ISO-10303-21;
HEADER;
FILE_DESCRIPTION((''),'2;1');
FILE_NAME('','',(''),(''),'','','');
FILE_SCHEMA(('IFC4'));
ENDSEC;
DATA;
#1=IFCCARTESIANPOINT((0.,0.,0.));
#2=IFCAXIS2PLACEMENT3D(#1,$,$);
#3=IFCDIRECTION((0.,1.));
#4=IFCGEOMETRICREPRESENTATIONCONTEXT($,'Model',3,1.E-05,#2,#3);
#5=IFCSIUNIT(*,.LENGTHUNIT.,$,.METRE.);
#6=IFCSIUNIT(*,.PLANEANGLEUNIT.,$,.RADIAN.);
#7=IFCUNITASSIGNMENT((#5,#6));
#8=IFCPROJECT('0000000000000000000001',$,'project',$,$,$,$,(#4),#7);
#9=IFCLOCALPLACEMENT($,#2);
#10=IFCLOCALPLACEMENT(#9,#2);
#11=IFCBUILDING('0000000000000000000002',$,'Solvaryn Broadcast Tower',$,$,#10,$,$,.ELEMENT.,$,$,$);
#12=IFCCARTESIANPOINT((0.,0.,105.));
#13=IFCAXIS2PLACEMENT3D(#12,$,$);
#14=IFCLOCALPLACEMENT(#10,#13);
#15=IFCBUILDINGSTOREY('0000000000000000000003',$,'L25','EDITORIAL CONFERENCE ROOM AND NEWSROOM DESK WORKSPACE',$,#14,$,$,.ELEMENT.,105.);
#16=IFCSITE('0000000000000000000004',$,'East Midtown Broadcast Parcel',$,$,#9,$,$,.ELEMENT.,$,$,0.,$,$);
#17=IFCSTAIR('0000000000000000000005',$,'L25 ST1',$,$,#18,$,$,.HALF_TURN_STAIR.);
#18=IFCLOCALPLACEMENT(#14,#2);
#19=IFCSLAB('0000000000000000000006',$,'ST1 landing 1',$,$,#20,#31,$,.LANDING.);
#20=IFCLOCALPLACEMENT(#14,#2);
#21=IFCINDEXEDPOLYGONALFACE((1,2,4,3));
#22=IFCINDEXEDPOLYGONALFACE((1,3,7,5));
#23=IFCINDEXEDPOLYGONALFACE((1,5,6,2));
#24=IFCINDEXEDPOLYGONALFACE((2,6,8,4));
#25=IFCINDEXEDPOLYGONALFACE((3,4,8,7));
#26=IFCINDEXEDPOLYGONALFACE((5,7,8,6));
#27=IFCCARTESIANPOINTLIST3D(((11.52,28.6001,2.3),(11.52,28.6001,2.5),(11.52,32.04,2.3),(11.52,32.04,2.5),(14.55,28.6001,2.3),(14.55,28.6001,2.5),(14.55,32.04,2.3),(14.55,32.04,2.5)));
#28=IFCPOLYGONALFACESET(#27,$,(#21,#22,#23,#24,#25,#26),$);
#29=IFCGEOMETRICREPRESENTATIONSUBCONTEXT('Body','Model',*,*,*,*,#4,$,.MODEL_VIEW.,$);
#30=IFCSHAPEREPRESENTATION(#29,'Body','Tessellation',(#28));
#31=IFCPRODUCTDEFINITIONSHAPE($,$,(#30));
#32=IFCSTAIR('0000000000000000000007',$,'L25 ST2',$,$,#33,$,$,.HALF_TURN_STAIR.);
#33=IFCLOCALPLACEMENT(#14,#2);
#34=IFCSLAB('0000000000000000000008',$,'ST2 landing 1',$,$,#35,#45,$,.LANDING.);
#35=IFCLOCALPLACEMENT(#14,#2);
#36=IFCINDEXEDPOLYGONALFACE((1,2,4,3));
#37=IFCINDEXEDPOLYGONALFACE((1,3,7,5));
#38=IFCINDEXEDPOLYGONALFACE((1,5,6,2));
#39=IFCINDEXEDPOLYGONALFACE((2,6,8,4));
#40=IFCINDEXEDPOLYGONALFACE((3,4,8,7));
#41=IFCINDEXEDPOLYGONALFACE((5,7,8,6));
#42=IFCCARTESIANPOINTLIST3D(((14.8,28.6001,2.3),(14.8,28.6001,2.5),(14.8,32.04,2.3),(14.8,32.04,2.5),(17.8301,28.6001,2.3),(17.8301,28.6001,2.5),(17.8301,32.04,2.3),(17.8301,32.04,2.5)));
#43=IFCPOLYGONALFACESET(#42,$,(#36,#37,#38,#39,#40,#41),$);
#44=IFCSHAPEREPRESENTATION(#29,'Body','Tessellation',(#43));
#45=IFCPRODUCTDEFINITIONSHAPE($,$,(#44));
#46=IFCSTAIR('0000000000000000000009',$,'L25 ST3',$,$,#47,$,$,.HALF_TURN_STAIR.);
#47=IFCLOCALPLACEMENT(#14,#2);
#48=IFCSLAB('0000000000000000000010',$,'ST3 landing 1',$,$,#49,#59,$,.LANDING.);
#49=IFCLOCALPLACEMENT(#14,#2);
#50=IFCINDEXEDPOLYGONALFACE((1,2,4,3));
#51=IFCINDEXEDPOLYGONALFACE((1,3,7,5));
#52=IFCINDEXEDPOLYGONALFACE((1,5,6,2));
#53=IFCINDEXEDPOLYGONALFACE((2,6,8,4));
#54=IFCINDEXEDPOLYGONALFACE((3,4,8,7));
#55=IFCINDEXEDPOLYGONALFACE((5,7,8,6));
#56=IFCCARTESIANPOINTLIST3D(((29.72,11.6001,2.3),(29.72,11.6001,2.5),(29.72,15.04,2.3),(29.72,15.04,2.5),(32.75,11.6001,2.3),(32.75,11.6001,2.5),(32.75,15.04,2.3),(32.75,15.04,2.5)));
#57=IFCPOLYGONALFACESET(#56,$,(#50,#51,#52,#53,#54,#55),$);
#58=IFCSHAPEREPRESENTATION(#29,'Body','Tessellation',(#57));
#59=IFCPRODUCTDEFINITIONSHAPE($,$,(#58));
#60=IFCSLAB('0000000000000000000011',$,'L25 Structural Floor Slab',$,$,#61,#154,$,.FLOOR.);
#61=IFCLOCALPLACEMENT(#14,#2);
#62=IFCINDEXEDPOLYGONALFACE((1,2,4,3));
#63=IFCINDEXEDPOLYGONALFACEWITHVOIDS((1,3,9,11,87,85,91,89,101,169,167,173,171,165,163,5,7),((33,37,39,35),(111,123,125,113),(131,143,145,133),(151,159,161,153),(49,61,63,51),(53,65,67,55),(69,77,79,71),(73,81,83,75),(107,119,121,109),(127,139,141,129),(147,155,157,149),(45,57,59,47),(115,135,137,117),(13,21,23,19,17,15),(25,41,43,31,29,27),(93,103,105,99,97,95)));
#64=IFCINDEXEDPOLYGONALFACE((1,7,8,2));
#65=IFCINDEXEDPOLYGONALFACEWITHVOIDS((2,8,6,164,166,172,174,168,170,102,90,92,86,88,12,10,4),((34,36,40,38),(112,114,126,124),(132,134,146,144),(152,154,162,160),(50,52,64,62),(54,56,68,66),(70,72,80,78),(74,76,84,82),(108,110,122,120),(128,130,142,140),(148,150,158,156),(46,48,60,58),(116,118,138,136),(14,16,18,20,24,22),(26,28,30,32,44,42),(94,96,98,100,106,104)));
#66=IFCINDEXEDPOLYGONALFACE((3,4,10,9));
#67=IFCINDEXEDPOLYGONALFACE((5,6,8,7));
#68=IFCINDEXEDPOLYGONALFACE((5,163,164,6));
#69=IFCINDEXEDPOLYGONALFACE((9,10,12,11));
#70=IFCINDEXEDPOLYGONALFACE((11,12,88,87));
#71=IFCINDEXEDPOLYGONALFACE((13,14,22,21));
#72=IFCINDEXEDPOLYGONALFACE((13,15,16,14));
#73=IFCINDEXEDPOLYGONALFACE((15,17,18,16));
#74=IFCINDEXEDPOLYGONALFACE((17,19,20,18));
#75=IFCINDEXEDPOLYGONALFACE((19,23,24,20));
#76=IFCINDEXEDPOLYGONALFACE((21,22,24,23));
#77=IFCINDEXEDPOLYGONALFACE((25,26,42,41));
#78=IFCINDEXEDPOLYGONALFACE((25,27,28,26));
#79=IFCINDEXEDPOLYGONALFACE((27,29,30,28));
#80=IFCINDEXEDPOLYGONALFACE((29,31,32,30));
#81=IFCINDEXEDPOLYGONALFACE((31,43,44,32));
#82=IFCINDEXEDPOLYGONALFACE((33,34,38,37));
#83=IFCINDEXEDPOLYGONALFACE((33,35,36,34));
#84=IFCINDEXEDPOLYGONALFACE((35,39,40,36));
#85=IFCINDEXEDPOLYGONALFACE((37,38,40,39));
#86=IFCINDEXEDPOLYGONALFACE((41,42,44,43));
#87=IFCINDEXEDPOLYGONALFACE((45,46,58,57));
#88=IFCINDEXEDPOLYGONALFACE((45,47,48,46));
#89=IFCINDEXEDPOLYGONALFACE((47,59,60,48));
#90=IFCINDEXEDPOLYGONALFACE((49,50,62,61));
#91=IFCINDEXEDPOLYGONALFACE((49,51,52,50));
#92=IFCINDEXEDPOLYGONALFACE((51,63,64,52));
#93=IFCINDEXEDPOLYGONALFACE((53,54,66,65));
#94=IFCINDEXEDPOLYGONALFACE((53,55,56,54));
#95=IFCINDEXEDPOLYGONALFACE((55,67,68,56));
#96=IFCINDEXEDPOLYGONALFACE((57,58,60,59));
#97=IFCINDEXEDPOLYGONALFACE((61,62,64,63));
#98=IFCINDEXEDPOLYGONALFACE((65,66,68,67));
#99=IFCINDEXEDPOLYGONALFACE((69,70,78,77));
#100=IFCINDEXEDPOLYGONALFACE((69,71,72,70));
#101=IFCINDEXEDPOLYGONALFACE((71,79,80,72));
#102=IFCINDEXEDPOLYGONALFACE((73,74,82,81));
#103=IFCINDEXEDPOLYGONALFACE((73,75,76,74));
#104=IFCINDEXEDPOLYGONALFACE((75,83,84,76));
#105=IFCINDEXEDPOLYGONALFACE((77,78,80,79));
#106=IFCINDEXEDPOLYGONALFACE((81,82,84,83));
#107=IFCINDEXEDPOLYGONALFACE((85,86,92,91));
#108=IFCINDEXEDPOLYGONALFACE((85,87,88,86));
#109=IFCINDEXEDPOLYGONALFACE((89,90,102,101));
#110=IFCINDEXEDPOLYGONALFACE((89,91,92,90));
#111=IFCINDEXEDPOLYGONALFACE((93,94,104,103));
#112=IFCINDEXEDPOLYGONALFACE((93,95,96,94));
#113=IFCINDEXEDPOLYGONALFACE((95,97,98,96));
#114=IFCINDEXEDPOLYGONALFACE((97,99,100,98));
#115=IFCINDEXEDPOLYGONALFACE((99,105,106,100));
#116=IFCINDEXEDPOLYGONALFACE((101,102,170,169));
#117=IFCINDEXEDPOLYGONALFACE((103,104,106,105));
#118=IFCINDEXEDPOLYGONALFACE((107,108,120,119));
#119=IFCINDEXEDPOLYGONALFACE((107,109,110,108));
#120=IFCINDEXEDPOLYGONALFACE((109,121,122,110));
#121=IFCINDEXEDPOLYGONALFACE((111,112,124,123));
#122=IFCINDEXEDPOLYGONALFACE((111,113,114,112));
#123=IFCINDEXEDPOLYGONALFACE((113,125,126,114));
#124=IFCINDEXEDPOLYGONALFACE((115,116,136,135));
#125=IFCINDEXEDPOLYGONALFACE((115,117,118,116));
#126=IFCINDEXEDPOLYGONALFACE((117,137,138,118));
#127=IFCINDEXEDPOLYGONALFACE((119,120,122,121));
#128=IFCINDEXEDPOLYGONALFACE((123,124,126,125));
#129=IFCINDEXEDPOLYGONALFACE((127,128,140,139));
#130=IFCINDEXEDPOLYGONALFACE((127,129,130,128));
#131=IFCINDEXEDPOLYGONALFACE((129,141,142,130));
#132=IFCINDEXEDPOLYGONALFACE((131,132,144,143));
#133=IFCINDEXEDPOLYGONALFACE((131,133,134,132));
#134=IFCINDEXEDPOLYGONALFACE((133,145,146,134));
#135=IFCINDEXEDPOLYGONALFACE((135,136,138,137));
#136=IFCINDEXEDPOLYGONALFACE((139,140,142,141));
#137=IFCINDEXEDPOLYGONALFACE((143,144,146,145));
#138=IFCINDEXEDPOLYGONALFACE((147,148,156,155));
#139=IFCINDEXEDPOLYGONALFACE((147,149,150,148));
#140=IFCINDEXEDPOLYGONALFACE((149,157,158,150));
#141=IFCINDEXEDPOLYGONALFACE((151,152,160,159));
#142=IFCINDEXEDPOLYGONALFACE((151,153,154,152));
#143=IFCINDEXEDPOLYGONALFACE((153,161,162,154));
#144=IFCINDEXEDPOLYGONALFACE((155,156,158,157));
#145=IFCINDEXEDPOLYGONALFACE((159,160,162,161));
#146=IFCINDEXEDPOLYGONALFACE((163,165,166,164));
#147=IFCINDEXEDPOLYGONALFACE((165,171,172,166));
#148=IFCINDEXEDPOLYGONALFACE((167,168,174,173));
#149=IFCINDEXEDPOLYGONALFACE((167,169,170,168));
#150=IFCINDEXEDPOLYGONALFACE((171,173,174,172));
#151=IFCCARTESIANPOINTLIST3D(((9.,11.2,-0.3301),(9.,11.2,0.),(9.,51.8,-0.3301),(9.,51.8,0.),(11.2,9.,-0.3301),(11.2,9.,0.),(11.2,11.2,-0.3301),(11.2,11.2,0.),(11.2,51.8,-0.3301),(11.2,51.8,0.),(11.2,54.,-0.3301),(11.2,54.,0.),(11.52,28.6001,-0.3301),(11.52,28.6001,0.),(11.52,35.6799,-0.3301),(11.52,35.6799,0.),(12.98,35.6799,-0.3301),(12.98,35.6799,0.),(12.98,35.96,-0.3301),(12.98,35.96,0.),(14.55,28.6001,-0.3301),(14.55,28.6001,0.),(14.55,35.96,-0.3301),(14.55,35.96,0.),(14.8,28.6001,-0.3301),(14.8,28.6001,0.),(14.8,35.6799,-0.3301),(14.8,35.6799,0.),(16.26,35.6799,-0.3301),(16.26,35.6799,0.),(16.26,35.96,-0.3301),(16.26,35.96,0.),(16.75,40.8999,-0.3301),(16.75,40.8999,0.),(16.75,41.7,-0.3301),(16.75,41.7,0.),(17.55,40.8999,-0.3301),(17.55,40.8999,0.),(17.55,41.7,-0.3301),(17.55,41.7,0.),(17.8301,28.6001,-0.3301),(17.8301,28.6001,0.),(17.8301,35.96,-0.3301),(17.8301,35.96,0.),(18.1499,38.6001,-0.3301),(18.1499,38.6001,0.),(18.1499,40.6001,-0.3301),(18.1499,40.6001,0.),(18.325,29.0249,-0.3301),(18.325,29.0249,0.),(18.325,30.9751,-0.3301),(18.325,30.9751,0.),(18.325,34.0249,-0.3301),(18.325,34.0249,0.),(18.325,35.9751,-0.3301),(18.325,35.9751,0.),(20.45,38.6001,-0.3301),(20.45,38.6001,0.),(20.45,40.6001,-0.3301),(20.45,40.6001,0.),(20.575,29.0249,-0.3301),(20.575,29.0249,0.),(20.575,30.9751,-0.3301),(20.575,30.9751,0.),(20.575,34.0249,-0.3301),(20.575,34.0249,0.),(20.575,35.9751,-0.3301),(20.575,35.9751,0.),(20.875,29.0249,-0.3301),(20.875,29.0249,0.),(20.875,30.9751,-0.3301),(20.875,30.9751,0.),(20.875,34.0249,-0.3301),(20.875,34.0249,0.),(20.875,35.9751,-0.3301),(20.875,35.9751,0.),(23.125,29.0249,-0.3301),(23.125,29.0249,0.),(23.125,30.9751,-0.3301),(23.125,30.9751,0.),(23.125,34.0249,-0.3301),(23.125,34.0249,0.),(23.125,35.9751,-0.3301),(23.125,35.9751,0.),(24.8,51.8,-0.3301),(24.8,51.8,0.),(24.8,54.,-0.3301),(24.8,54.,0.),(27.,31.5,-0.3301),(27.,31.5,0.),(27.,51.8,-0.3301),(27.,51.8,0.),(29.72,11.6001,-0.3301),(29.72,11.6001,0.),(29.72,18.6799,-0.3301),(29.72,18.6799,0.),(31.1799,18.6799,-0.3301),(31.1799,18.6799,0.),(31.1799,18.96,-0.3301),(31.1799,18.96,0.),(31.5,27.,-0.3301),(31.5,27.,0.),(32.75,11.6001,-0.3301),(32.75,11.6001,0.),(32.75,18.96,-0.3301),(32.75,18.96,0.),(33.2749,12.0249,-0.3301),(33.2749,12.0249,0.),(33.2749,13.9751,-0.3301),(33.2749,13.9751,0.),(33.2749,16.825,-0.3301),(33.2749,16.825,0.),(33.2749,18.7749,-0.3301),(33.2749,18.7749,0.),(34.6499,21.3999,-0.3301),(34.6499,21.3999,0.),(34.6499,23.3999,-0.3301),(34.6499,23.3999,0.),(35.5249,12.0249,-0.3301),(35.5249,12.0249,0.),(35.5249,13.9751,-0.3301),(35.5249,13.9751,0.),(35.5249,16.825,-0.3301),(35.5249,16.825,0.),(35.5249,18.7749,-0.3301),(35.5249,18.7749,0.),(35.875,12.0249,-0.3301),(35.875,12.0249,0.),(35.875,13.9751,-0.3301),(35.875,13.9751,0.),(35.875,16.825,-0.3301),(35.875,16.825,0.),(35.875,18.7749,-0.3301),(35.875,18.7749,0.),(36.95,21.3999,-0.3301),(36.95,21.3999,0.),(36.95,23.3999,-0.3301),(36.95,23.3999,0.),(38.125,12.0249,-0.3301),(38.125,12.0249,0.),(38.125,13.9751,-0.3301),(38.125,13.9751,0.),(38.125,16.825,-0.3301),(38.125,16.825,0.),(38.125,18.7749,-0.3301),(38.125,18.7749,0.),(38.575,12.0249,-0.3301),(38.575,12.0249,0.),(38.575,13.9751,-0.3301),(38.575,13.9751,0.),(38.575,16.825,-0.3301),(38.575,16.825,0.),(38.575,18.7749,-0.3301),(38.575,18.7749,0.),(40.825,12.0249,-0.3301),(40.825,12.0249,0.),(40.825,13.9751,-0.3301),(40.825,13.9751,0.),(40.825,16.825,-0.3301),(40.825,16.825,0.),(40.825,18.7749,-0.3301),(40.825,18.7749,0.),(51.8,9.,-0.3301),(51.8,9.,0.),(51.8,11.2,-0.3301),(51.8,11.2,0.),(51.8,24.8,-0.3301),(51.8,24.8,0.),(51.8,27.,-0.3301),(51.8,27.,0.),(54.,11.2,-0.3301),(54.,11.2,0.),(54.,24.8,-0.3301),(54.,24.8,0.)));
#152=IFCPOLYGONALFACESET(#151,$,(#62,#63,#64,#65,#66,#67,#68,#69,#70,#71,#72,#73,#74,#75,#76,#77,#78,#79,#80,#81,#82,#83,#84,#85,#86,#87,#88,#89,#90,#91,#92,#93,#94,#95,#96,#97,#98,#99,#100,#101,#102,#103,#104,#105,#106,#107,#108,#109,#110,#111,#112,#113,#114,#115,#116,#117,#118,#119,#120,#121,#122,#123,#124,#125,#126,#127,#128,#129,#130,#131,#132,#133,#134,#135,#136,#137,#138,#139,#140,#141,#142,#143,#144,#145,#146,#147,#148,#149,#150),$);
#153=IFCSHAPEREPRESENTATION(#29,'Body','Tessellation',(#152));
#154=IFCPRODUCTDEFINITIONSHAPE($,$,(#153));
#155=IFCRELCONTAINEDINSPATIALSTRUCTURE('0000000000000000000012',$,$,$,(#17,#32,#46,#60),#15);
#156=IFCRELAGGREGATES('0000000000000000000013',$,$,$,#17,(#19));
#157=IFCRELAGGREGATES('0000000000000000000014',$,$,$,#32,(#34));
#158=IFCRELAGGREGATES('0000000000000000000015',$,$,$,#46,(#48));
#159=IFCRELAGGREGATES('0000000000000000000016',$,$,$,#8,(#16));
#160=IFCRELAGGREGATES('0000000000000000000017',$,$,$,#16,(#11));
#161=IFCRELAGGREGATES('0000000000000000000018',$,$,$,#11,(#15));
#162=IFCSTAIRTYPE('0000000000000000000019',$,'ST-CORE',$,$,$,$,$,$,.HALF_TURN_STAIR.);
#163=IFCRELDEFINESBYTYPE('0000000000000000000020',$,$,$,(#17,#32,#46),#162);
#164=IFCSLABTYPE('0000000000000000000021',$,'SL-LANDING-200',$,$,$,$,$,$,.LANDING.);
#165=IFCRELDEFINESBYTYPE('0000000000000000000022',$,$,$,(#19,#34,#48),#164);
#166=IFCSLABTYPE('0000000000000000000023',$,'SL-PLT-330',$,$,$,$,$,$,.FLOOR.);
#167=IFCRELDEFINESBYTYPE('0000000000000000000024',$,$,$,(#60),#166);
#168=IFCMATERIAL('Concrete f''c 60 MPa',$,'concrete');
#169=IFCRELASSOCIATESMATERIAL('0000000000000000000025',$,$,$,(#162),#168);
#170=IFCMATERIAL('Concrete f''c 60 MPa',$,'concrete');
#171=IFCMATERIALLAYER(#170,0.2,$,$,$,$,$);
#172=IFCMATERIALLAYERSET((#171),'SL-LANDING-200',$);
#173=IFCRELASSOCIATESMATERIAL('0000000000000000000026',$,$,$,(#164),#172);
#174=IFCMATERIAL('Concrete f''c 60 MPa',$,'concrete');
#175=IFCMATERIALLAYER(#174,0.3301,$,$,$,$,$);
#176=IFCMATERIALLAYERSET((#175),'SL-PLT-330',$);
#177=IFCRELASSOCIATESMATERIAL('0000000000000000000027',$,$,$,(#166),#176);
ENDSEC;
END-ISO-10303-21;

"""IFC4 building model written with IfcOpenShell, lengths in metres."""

from ifc_helpers import new_model, si_unit, direction, frame, origin, place, context, subcontext, project, spatial, polyline, outline, extrude, material, layer, layer_set, type_object, element, aggregate, save


model = new_model("IFC4")

# Units and contexts
model_context = context("Model", 3, precision=1e-05, world=origin(), true_north=direction((0.0, 1.0)))
body_context = subcontext(model_context, "Body", "Model", "MODEL_VIEW")
ifc_project = project(units=[si_unit("LENGTHUNIT", "METRE"), si_unit("PLANEANGLEUNIT", "RADIAN")], contexts=[model_context])

# Site, building, storey
site_placement = place(None, origin())
site = spatial("IfcSite", under=ifc_project, at=site_placement, Name="East Midtown Broadcast Parcel", CompositionType="ELEMENT", RefElevation=0.0)
building_placement = place(site_placement, origin())
building = spatial("IfcBuilding", under=site, at=building_placement, Name="Solvaryn Broadcast Tower", CompositionType="ELEMENT")
storey_placement = place(building_placement, frame((0.0, 0.0, 105.0)))
storey = spatial("IfcBuildingStorey", under=building, at=storey_placement, Name="L25", Description="EDITORIAL CONFERENCE ROOM AND NEWSROOM DESK WORKSPACE", CompositionType="ELEMENT", Elevation=105.0)

# Stairs, slabs
ifc_material_1 = material(Name="Concrete f'c 60 MPa", Category="concrete")
stair_type = type_object("IfcStairType", Name="ST-CORE", PredefinedType="HALF_TURN_STAIR", material=ifc_material_1)
stair_1_placement = place(storey_placement, origin())
stair_1 = element("IfcStair", 1, at=stair_1_placement, inside=storey, type_object=stair_type, Name="L25 ST1", PredefinedType="HALF_TURN_STAIR")
ifc_material_2 = material(Name="Concrete f'c 60 MPa", Category="concrete")
ifc_layer_1 = layer(ifc_material_2, 0.2)
ifc_layer_set_1 = layer_set([ifc_layer_1], Name="SL-LANDING-200")
slab_type_1 = type_object("IfcSlabType", Name="SL-LANDING-200", PredefinedType="LANDING", material=ifc_layer_set_1)
slab_1_placement = place(storey_placement, frame((0.0, 0.0, 2.3)))
slab_1 = element("IfcSlab", 2, at=slab_1_placement, type_object=slab_type_1, Name="ST1 landing 1", PredefinedType="LANDING", context=body_context, shape_type="SweptSolid", body=[
    extrude(outline(polyline([(11.52, 32.04), (11.52, 28.6001), (14.55, 28.6001), (14.55, 32.04), (11.52, 32.04)])), origin(), (0.0, 0.0, 1.0), 0.2),
])
aggregate(stair_1, [slab_1])
stair_2_placement = place(storey_placement, origin())
stair_2 = element("IfcStair", 3, at=stair_2_placement, inside=storey, type_object=stair_type, Name="L25 ST2", PredefinedType="HALF_TURN_STAIR")
slab_2_placement = place(storey_placement, frame((0.0, 0.0, 2.3)))
slab_2 = element("IfcSlab", 4, at=slab_2_placement, type_object=slab_type_1, Name="ST2 landing 1", PredefinedType="LANDING", context=body_context, shape_type="SweptSolid", body=[
    extrude(outline(polyline([(14.8, 32.04), (14.8, 28.6001), (17.8301, 28.6001), (17.8301, 32.04), (14.8, 32.04)])), origin(), (0.0, 0.0, 1.0), 0.2),
])
aggregate(stair_2, [slab_2])
stair_3_placement = place(storey_placement, origin())
stair_3 = element("IfcStair", 5, at=stair_3_placement, inside=storey, type_object=stair_type, Name="L25 ST3", PredefinedType="HALF_TURN_STAIR")
slab_3_placement = place(storey_placement, frame((0.0, 0.0, 2.3)))
slab_3 = element("IfcSlab", 6, at=slab_3_placement, type_object=slab_type_1, Name="ST3 landing 1", PredefinedType="LANDING", context=body_context, shape_type="SweptSolid", body=[
    extrude(outline(polyline([(29.72, 15.04), (29.72, 11.6001), (32.75, 11.6001), (32.75, 15.04), (29.72, 15.04)])), origin(), (0.0, 0.0, 1.0), 0.2),
])
aggregate(stair_3, [slab_3])

# Slab
ifc_material_3 = material(Name="Concrete f'c 60 MPa", Category="concrete")
ifc_layer_2 = layer(ifc_material_3, 0.3301)
ifc_layer_set_2 = layer_set([ifc_layer_2], Name="SL-PLT-330")
slab_type_2 = type_object("IfcSlabType", Name="SL-PLT-330", PredefinedType="FLOOR", material=ifc_layer_set_2)
slab_4_placement = place(storey_placement, frame((0.0, 0.0, -0.3301)))
element("IfcSlab", 7, at=slab_4_placement, inside=storey, type_object=slab_type_2, Name="L25 Structural Floor Slab", PredefinedType="FLOOR", context=body_context, shape_type="SweptSolid", body=[
    extrude(outline(polyline([(11.2, 9.0), (51.8, 9.0), (51.8, 11.2), (54.0, 11.2), (54.0, 24.8), (51.8, 24.8), (51.8, 27.0), (31.5, 27.0), (27.0, 31.5), (27.0, 51.8), (24.8, 51.8), (24.8, 54.0), (11.2, 54.0), (11.2, 51.8), (9.0, 51.8), (9.0, 11.2), (11.2, 11.2), (11.2, 9.0)]), holes=[polyline([(11.52, 28.6001), (14.55, 28.6001), (14.55, 35.96), (12.98, 35.96), (12.98, 35.6799), (11.52, 35.6799), (11.52, 28.6001)]), polyline([(14.8, 28.6001), (17.8301, 28.6001), (17.8301, 35.96), (16.26, 35.96), (16.26, 35.6799), (14.8, 35.6799), (14.8, 28.6001)]), polyline([(29.72, 11.6001), (32.75, 11.6001), (32.75, 18.96), (31.1799, 18.96), (31.1799, 18.6799), (29.72, 18.6799), (29.72, 11.6001)]), polyline([(18.1499, 38.6001), (20.45, 38.6001), (20.45, 40.6001), (18.1499, 40.6001), (18.1499, 38.6001)]), polyline([(18.325, 29.0249), (20.575, 29.0249), (20.575, 30.9751), (18.325, 30.9751), (18.325, 29.0249)]), polyline([(20.875, 29.0249), (23.125, 29.0249), (23.125, 30.9751), (20.875, 30.9751), (20.875, 29.0249)]), polyline([(18.325, 34.0249), (20.575, 34.0249), (20.575, 35.9751), (18.325, 35.9751), (18.325, 34.0249)]), polyline([(20.875, 34.0249), (23.125, 34.0249), (23.125, 35.9751), (20.875, 35.9751), (20.875, 34.0249)]), polyline([(34.6499, 21.3999), (36.95, 21.3999), (36.95, 23.3999), (34.6499, 23.3999), (34.6499, 21.3999)]), polyline([(33.2749, 12.0249), (35.5249, 12.0249), (35.5249, 13.9751), (33.2749, 13.9751), (33.2749, 12.0249)]), polyline([(35.875, 12.0249), (38.125, 12.0249), (38.125, 13.9751), (35.875, 13.9751), (35.875, 12.0249)]), polyline([(33.2749, 16.825), (35.5249, 16.825), (35.5249, 18.7749), (33.2749, 18.7749), (33.2749, 16.825)]), polyline([(35.875, 16.825), (38.125, 16.825), (38.125, 18.7749), (35.875, 18.7749), (35.875, 16.825)]), polyline([(38.575, 12.0249), (40.825, 12.0249), (40.825, 13.9751), (38.575, 13.9751), (38.575, 12.0249)]), polyline([(38.575, 16.825), (40.825, 16.825), (40.825, 18.7749), (38.575, 18.7749), (38.575, 16.825)]), polyline([(16.75, 40.8999), (17.55, 40.8999), (17.55, 41.7), (16.75, 41.7), (16.75, 40.8999)])]), origin(), (0.0, 0.0, 1.0), 0.3301),
])

save(model, "model.ifc")
